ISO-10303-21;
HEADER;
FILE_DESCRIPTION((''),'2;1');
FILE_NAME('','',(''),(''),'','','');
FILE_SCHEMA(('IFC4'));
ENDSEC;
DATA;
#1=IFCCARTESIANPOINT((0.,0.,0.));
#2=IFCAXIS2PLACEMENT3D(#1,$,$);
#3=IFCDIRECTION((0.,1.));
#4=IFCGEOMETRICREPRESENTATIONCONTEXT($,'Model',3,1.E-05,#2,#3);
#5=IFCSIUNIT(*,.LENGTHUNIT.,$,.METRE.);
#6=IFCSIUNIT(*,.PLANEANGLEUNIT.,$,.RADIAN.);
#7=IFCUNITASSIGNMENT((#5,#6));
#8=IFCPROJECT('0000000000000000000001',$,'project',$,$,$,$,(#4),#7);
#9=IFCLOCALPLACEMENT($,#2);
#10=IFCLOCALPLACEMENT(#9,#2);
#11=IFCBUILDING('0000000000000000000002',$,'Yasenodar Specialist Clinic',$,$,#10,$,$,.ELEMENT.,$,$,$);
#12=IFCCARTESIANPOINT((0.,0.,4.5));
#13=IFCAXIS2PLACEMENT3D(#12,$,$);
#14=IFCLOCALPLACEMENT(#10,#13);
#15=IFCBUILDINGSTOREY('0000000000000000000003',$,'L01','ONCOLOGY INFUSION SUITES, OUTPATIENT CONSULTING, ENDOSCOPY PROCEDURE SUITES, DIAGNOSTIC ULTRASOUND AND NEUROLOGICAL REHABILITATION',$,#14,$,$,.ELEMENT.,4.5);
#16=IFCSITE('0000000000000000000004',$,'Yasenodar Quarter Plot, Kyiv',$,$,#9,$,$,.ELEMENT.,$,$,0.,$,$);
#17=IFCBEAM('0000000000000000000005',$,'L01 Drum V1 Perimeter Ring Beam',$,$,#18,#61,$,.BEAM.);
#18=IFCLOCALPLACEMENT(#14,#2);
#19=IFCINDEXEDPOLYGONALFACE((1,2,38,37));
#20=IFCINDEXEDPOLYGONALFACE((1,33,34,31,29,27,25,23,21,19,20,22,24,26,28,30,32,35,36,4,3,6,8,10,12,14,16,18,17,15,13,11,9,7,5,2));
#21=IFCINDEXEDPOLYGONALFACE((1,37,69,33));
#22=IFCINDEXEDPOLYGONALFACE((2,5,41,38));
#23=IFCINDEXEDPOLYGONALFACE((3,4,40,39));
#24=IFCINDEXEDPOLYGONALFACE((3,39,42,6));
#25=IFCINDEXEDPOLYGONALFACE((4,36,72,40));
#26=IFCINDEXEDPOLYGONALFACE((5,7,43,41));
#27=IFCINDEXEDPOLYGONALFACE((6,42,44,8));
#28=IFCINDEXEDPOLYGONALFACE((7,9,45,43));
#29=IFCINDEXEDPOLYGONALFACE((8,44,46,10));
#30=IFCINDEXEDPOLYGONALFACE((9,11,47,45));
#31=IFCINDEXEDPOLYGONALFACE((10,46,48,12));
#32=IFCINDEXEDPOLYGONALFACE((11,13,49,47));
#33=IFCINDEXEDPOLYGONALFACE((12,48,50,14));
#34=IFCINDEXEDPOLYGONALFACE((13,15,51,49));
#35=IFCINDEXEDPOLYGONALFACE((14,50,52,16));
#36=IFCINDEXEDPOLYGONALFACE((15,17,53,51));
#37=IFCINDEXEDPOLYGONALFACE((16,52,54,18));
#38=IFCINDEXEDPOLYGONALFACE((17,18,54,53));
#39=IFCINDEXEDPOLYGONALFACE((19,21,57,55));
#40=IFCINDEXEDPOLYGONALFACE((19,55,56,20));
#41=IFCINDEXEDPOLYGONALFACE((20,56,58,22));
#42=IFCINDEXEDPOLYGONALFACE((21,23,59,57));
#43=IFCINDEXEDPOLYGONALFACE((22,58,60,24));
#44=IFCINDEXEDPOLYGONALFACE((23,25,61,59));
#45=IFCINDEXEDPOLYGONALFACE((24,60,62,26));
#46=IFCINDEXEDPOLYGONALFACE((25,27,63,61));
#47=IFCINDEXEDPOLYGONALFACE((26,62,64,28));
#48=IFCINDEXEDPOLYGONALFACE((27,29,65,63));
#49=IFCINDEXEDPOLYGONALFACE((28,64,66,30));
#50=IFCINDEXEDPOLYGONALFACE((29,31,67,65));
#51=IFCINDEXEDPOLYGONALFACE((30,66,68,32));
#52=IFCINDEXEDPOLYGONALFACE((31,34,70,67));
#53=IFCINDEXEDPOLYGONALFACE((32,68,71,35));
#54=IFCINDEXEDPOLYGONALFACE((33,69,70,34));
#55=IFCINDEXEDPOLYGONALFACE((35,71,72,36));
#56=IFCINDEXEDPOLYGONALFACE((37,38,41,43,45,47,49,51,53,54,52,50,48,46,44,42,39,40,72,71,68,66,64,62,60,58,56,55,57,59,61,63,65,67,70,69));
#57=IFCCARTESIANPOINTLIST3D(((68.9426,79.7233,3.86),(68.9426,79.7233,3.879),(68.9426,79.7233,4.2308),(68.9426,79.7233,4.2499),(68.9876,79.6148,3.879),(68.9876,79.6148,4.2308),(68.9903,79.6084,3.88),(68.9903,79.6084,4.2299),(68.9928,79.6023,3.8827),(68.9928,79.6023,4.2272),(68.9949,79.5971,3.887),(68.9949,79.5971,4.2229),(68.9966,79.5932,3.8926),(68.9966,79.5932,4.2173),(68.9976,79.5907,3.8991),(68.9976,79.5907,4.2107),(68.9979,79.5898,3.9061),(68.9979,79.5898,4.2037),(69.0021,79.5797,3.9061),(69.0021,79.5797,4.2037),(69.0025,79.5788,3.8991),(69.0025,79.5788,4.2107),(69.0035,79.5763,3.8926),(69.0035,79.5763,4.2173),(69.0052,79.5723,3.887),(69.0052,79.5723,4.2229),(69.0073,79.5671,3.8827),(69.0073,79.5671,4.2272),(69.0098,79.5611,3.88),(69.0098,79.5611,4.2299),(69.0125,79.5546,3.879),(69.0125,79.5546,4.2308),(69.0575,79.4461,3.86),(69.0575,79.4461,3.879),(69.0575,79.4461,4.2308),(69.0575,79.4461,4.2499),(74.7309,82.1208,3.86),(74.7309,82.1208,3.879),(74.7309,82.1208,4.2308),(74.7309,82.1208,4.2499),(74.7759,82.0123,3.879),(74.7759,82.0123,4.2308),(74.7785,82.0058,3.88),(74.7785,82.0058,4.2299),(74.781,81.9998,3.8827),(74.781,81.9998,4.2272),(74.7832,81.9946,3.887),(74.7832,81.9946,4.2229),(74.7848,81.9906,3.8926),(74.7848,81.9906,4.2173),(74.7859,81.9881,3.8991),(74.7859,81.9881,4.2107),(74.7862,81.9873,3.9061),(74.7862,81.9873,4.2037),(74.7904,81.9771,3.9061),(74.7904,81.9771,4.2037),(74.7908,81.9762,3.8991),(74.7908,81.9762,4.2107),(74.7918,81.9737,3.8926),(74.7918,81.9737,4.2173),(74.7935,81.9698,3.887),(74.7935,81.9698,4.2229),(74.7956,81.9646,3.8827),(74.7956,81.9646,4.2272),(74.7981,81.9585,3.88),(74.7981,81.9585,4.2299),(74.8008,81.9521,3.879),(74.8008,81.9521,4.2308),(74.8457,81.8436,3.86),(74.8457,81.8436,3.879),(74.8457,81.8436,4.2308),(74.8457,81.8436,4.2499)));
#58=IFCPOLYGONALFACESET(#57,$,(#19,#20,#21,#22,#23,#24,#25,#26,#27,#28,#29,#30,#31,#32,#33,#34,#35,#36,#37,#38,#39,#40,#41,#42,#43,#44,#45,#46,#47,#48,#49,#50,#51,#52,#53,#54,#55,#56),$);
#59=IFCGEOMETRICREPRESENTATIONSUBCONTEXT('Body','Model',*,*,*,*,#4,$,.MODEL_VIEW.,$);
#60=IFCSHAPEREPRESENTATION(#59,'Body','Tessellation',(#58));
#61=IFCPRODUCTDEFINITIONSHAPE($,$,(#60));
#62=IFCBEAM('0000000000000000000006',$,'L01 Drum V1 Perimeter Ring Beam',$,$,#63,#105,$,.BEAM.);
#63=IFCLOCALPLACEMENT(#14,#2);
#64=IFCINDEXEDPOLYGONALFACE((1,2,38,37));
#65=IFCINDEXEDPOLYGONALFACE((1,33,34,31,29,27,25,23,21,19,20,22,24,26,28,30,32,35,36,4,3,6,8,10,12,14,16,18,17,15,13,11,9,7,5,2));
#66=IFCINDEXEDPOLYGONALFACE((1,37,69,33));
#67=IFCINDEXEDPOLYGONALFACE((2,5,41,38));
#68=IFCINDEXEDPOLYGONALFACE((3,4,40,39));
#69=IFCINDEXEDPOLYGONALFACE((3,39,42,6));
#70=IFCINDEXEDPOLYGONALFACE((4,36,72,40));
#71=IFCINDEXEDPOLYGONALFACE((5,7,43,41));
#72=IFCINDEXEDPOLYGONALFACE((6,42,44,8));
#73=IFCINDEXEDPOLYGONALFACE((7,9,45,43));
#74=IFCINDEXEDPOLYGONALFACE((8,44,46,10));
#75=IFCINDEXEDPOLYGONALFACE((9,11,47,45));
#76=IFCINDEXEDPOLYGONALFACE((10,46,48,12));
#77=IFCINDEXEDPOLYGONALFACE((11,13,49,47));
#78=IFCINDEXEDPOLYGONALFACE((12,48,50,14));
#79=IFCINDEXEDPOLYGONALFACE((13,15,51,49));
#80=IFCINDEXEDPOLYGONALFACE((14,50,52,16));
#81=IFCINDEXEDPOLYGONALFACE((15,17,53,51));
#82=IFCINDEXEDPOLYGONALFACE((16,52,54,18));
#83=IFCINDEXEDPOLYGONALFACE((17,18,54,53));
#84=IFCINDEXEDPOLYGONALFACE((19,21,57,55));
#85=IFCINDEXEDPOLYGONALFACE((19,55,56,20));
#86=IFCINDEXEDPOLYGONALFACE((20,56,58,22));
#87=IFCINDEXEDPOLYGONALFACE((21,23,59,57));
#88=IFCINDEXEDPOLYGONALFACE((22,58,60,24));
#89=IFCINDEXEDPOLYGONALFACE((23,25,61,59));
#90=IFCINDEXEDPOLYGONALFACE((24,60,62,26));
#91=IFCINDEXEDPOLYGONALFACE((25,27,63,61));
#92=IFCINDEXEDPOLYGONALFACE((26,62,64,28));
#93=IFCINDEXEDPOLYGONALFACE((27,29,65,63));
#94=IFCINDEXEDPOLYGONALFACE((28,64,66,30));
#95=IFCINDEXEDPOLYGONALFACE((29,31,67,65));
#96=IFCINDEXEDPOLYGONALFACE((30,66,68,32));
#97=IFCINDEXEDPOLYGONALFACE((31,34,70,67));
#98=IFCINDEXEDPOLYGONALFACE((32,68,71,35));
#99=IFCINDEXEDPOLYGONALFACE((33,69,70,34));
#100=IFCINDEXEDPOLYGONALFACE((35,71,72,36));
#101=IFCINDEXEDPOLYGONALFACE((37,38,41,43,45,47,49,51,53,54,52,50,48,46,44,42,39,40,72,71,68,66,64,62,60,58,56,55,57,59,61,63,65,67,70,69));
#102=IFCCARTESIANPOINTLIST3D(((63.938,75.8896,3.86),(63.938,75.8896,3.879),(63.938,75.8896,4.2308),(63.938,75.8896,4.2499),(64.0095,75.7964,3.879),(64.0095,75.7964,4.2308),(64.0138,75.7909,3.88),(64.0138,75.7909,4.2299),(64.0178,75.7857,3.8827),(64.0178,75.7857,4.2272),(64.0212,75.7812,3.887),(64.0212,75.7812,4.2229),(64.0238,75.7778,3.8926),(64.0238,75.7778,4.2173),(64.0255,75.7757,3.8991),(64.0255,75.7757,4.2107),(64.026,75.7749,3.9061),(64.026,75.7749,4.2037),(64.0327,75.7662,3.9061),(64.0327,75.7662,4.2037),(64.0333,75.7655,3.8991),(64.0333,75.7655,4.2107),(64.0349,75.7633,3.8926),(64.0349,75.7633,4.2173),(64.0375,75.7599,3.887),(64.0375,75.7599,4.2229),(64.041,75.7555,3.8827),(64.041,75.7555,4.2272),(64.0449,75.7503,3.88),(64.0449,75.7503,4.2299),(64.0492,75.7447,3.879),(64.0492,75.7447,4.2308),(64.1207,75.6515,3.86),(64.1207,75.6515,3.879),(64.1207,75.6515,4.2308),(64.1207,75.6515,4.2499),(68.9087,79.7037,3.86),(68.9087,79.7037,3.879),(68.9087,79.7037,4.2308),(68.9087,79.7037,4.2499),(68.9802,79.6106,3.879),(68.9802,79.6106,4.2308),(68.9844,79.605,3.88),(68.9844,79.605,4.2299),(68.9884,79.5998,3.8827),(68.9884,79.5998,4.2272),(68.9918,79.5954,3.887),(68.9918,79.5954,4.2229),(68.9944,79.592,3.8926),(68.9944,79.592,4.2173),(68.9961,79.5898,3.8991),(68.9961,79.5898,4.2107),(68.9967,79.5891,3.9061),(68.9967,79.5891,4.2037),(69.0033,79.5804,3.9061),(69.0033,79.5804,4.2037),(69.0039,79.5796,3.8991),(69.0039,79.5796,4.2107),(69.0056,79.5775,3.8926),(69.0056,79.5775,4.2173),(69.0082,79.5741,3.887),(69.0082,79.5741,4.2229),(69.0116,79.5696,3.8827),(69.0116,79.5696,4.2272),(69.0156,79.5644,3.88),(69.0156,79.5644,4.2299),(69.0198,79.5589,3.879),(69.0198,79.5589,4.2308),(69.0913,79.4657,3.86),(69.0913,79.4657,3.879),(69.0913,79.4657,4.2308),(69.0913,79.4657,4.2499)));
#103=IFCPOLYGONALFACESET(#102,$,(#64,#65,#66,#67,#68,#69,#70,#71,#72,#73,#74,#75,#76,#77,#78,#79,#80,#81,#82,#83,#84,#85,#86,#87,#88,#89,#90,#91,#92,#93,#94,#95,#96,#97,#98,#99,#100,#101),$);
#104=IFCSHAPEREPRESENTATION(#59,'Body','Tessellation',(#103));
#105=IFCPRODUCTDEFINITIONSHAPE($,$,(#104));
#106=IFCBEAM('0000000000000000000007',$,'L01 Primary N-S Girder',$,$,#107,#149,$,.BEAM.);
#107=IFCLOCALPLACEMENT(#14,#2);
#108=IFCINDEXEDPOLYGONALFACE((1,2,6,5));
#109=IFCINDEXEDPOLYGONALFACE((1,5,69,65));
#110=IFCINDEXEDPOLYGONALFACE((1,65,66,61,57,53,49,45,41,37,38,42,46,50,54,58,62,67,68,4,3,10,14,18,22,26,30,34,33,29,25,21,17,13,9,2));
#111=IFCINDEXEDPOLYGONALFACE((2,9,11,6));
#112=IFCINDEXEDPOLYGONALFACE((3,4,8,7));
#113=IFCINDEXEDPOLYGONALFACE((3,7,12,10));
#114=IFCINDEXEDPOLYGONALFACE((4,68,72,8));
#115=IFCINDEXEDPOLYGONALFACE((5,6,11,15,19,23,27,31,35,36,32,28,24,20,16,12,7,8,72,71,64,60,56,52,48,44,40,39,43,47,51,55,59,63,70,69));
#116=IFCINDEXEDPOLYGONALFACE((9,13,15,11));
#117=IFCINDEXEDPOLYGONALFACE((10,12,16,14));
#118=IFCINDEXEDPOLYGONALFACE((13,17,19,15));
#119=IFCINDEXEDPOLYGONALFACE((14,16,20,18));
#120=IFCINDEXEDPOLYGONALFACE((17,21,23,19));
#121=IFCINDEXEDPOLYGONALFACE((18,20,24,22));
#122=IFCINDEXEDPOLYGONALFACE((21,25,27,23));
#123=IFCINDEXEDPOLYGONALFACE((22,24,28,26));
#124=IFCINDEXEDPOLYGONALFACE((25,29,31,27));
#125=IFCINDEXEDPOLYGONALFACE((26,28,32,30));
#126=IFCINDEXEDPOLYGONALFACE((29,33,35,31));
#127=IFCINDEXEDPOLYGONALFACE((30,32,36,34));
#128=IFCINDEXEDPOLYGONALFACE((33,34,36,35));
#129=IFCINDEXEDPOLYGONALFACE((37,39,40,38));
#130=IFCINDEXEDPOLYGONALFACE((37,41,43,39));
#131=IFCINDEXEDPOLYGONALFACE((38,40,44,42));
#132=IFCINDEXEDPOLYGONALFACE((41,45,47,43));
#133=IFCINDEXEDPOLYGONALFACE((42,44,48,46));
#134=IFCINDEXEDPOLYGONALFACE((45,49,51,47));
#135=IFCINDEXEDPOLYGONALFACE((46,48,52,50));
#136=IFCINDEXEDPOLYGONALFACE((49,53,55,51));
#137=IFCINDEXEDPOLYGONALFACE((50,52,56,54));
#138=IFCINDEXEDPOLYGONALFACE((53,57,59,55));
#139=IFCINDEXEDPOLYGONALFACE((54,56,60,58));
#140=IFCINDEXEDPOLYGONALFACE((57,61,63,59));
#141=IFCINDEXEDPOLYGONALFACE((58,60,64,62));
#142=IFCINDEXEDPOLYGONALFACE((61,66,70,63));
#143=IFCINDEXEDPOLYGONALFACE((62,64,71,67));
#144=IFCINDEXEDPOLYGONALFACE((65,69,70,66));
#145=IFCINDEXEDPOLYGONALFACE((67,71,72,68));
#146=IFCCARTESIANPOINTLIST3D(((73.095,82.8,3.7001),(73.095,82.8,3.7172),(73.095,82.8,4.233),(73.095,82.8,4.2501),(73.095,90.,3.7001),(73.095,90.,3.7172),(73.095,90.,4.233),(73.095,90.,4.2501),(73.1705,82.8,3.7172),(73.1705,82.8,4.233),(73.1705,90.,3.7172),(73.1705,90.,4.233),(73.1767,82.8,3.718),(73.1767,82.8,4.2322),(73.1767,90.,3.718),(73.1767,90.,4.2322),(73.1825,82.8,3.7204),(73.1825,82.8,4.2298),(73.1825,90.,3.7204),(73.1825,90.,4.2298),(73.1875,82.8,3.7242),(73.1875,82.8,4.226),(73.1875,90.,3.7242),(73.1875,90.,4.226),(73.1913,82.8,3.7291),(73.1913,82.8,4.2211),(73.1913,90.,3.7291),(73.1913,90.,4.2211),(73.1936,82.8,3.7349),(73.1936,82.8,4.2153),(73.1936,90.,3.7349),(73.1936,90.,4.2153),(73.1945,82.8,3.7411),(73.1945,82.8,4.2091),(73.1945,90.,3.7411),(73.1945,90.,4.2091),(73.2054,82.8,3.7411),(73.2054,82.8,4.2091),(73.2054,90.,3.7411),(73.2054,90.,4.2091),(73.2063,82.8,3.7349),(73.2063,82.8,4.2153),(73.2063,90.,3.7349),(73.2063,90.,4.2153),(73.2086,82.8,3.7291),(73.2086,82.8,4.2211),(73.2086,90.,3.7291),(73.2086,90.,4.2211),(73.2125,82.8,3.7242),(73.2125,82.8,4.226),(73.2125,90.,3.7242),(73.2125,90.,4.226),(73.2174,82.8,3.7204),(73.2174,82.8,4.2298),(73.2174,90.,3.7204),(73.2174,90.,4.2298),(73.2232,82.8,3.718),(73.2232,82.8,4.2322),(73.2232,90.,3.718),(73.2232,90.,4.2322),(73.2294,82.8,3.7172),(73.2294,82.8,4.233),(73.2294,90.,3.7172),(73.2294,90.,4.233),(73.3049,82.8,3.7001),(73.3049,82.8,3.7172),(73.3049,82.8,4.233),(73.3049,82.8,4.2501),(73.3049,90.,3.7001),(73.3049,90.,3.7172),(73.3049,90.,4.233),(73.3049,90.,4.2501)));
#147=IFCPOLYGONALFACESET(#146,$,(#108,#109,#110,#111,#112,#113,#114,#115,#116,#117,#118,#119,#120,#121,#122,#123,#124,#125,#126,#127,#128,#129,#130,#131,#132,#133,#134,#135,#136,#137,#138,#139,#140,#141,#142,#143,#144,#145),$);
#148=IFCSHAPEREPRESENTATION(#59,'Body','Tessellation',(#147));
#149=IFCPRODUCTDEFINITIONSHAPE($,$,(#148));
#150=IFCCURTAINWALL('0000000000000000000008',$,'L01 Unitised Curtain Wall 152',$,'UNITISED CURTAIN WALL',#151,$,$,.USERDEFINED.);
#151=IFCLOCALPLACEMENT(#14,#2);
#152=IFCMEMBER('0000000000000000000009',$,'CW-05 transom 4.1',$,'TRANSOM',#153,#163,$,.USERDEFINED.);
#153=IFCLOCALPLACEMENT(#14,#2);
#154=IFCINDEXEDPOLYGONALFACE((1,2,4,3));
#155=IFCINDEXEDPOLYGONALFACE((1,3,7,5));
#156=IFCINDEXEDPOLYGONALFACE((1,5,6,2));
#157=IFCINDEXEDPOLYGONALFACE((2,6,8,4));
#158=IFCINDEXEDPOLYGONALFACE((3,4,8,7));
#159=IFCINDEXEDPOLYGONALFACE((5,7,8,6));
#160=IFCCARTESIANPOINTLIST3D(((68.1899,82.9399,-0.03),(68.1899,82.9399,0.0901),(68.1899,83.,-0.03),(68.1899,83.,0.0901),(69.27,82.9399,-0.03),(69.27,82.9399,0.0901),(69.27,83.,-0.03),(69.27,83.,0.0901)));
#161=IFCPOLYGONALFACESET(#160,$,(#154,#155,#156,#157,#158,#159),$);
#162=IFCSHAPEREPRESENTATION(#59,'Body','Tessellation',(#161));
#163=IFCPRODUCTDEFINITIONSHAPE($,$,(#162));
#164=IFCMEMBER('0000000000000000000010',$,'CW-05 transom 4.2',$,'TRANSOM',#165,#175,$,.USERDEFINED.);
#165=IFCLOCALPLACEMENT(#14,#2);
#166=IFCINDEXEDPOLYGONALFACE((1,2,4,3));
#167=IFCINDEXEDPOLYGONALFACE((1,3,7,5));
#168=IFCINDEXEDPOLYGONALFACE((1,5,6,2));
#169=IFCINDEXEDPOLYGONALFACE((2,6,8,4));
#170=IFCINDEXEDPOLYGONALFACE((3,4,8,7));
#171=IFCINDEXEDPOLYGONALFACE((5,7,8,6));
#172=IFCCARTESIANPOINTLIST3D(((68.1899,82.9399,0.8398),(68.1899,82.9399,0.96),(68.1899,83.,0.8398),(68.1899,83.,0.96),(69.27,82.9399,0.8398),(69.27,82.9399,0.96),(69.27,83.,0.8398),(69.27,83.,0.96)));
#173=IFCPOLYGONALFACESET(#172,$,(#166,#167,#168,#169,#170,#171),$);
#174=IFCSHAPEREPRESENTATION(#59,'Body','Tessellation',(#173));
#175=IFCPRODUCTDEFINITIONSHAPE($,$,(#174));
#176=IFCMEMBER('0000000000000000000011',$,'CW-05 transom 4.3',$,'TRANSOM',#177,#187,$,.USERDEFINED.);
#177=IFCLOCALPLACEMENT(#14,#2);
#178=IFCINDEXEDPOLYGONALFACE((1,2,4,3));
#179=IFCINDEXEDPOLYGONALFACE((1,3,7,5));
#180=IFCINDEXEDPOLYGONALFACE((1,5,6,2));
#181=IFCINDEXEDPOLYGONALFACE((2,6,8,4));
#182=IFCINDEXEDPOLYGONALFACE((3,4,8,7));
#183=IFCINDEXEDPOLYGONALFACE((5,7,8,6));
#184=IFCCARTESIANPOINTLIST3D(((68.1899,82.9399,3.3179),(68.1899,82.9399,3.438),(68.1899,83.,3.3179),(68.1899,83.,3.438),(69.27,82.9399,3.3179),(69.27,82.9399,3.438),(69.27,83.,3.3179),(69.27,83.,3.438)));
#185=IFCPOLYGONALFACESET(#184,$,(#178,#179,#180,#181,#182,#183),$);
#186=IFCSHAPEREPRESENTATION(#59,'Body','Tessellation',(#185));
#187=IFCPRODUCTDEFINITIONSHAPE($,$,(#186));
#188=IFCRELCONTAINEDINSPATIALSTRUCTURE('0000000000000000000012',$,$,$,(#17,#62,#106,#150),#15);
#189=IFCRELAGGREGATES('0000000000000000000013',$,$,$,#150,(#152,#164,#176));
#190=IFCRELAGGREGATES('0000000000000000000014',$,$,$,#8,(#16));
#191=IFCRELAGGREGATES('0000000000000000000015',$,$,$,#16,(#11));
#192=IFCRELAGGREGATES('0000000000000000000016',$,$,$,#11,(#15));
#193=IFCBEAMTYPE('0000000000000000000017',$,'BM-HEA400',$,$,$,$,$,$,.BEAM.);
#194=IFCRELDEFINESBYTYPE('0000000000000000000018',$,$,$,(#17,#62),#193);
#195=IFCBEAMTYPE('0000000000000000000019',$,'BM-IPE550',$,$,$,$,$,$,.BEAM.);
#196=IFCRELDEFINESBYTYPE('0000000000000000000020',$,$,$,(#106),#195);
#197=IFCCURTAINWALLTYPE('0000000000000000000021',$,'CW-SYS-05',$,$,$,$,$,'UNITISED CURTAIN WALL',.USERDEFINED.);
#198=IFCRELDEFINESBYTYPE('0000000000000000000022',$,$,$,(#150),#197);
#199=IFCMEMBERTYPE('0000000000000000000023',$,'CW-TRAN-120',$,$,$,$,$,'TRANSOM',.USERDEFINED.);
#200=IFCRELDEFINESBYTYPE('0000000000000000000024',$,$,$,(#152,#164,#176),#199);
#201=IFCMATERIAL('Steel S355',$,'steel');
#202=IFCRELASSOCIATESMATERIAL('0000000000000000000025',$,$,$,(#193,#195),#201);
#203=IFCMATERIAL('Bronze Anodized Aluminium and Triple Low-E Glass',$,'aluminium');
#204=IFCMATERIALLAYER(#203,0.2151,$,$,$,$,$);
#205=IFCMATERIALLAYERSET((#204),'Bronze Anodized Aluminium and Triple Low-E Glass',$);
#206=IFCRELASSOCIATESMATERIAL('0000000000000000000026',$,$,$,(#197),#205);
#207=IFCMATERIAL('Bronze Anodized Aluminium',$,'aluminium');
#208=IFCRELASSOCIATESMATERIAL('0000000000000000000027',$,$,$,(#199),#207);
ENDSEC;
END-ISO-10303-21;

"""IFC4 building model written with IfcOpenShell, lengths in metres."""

from ifc_helpers import new_model, si_unit, direction, frame, origin, origin_2d, place, context, subcontext, project, spatial, rectangle, i_section, extrude, material, layer, layer_set, material_profile, profile_set, type_object, element, aggregate, save


model = new_model("IFC4")

# Units and contexts
model_context = context("Model", 3, precision=1e-05, world=origin(), true_north=direction((0.0, 1.0)))
body_context = subcontext(model_context, "Body", "Model", "MODEL_VIEW")
ifc_project = project(units=[si_unit("LENGTHUNIT", "METRE"), si_unit("PLANEANGLEUNIT", "RADIAN")], contexts=[model_context])

# Site, building, storey
site_placement = place(None, origin())
site = spatial("IfcSite", under=ifc_project, at=site_placement, Name="Yasenodar Quarter Plot, Kyiv", CompositionType="ELEMENT", RefElevation=0.0)
building_placement = place(site_placement, origin())
building = spatial("IfcBuilding", under=site, at=building_placement, Name="Yasenodar Specialist Clinic", CompositionType="ELEMENT")
storey_placement = place(building_placement, frame((0.0, 0.0, 4.5)))
storey = spatial("IfcBuildingStorey", under=building, at=storey_placement, Name="L01", Description="ONCOLOGY INFUSION SUITES, OUTPATIENT CONSULTING, ENDOSCOPY PROCEDURE SUITES, DIAGNOSTIC ULTRASOUND AND NEUROLOGICAL REHABILITATION", CompositionType="ELEMENT", Elevation=4.5)

# Shared definitions
ifc_material_1 = material(Name="Steel S355", Category="steel")

# Beams
ifc_material_profile_1 = material_profile(ifc_material_1, i_section(OverallWidth=0.3, OverallDepth=0.3899, WebThickness=0.011, FlangeThickness=0.019, FilletRadius=0.0271, at=origin_2d()), Name="HEA 400")
ifc_profile_set_1 = profile_set([ifc_material_profile_1], Name="Steel S355")
beam_type_1 = type_object("IfcBeamType", Name="BM-HEA400", PredefinedType="BEAM", material=ifc_profile_set_1)
beam_1_placement = place(storey_placement, frame((74.7883, 81.9822, 4.0549), z_axis=(-0.923888, -0.382664, 0.0), x_axis=(0.382664, -0.923888, 0.0)))
element("IfcBeam", 1, at=beam_1_placement, inside=storey, type_object=beam_type_1, Name="L01 Drum V1 Perimeter Ring Beam", PredefinedType="BEAM", context=body_context, shape_type="SweptSolid", body=[
    extrude(i_section(OverallWidth=0.3, OverallDepth=0.3899, WebThickness=0.011, FlangeThickness=0.019, FilletRadius=0.0271, at=origin_2d()), origin(), (0.0, 0.0, 1.0), 6.2651),
])
beam_2_placement = place(storey_placement, frame((69.0, 79.5847, 4.0549), z_axis=(-0.793349, -0.608767, 0.0), x_axis=(0.608767, -0.793349, 0.0)))
element("IfcBeam", 2, at=beam_2_placement, inside=storey, type_object=beam_type_1, Name="L01 Drum V1 Perimeter Ring Beam", PredefinedType="BEAM", context=body_context, shape_type="SweptSolid", body=[
    extrude(i_section(OverallWidth=0.3, OverallDepth=0.3899, WebThickness=0.011, FlangeThickness=0.019, FilletRadius=0.0271, at=origin_2d()), origin(), (0.0, 0.0, 1.0), 6.2654),
])
ifc_material_profile_2 = material_profile(ifc_material_1, i_section(OverallWidth=0.21, OverallDepth=0.55, WebThickness=0.011, FlangeThickness=0.0171, FilletRadius=0.0239, at=origin_2d()), Name="IPE 550")
ifc_profile_set_2 = profile_set([ifc_material_profile_2], Name="Steel S355")
beam_type_2 = type_object("IfcBeamType", Name="BM-IPE550", PredefinedType="BEAM", material=ifc_profile_set_2)
beam_3_placement = place(storey_placement, frame((73.2, 82.8, 3.9751), z_axis=(0.0, 1.0, 0.0), x_axis=(-1.0, 0.0, 0.0)))
element("IfcBeam", 3, at=beam_3_placement, inside=storey, type_object=beam_type_2, Name="L01 Primary N-S Girder", PredefinedType="BEAM", context=body_context, shape_type="SweptSolid", body=[
    extrude(i_section(OverallWidth=0.21, OverallDepth=0.55, WebThickness=0.011, FlangeThickness=0.0171, FilletRadius=0.0239, at=origin_2d()), origin(), (0.0, 0.0, 1.0), 7.2),
])

# Curtain wall, members
ifc_material_2 = material(Name="Bronze Anodized Aluminium and Triple Low-E Glass", Category="aluminium")
ifc_layer_1 = layer(ifc_material_2, 0.2151)
ifc_layer_set_1 = layer_set([ifc_layer_1], Name="Bronze Anodized Aluminium and Triple Low-E Glass")
curtain_wall_type = type_object("IfcCurtainWallType", Name="CW-SYS-05", ElementType="UNITISED CURTAIN WALL", PredefinedType="USERDEFINED", material=ifc_layer_set_1)
curtain_wall_placement = place(storey_placement, origin())
curtain_wall = element("IfcCurtainWall", 4, at=curtain_wall_placement, inside=storey, type_object=curtain_wall_type, Name="L01 Unitised Curtain Wall 152", ObjectType="UNITISED CURTAIN WALL", PredefinedType="USERDEFINED")
ifc_material_3 = material(Name="Bronze Anodized Aluminium", Category="aluminium")
ifc_material_profile_3 = material_profile(ifc_material_3, rectangle(XDim=0.0601, YDim=0.1201, at=origin_2d()), Name="CW-TRAN 60x120")
ifc_profile_set_3 = profile_set([ifc_material_profile_3], Name="Bronze Anodized Aluminium")
member_type = type_object("IfcMemberType", Name="CW-TRAN-120", ElementType="TRANSOM", PredefinedType="USERDEFINED", material=ifc_profile_set_3)
member_1_placement = place(storey_placement, frame((69.27, 82.97, 0.03), z_axis=(-1.0, 0.0, 0.0), x_axis=(0.0, -1.0, 0.0)))
member_1 = element("IfcMember", 5, at=member_1_placement, type_object=member_type, Name="CW-05 transom 4.1", ObjectType="TRANSOM", PredefinedType="USERDEFINED", context=body_context, shape_type="SweptSolid", body=[
    extrude(rectangle(XDim=0.0601, YDim=0.1201, at=origin_2d()), origin(), (0.0, 0.0, 1.0), 1.0801),
])
member_2_placement = place(storey_placement, frame((69.27, 82.97, 0.8999), z_axis=(-1.0, 0.0, 0.0), x_axis=(0.0, -1.0, 0.0)))
member_2 = element("IfcMember", 6, at=member_2_placement, type_object=member_type, Name="CW-05 transom 4.2", ObjectType="TRANSOM", PredefinedType="USERDEFINED", context=body_context, shape_type="SweptSolid", body=[
    extrude(rectangle(XDim=0.0601, YDim=0.1201, at=origin_2d()), origin(), (0.0, 0.0, 1.0), 1.0801),
])
member_3_placement = place(storey_placement, frame((69.27, 82.97, 3.3779), z_axis=(-1.0, 0.0, 0.0), x_axis=(0.0, -1.0, 0.0)))
member_3 = element("IfcMember", 7, at=member_3_placement, type_object=member_type, Name="CW-05 transom 4.3", ObjectType="TRANSOM", PredefinedType="USERDEFINED", context=body_context, shape_type="SweptSolid", body=[
    extrude(rectangle(XDim=0.0601, YDim=0.1201, at=origin_2d()), origin(), (0.0, 0.0, 1.0), 1.0801),
])
aggregate(curtain_wall, [member_1, member_2, member_3])

save(model, "model.ifc")
